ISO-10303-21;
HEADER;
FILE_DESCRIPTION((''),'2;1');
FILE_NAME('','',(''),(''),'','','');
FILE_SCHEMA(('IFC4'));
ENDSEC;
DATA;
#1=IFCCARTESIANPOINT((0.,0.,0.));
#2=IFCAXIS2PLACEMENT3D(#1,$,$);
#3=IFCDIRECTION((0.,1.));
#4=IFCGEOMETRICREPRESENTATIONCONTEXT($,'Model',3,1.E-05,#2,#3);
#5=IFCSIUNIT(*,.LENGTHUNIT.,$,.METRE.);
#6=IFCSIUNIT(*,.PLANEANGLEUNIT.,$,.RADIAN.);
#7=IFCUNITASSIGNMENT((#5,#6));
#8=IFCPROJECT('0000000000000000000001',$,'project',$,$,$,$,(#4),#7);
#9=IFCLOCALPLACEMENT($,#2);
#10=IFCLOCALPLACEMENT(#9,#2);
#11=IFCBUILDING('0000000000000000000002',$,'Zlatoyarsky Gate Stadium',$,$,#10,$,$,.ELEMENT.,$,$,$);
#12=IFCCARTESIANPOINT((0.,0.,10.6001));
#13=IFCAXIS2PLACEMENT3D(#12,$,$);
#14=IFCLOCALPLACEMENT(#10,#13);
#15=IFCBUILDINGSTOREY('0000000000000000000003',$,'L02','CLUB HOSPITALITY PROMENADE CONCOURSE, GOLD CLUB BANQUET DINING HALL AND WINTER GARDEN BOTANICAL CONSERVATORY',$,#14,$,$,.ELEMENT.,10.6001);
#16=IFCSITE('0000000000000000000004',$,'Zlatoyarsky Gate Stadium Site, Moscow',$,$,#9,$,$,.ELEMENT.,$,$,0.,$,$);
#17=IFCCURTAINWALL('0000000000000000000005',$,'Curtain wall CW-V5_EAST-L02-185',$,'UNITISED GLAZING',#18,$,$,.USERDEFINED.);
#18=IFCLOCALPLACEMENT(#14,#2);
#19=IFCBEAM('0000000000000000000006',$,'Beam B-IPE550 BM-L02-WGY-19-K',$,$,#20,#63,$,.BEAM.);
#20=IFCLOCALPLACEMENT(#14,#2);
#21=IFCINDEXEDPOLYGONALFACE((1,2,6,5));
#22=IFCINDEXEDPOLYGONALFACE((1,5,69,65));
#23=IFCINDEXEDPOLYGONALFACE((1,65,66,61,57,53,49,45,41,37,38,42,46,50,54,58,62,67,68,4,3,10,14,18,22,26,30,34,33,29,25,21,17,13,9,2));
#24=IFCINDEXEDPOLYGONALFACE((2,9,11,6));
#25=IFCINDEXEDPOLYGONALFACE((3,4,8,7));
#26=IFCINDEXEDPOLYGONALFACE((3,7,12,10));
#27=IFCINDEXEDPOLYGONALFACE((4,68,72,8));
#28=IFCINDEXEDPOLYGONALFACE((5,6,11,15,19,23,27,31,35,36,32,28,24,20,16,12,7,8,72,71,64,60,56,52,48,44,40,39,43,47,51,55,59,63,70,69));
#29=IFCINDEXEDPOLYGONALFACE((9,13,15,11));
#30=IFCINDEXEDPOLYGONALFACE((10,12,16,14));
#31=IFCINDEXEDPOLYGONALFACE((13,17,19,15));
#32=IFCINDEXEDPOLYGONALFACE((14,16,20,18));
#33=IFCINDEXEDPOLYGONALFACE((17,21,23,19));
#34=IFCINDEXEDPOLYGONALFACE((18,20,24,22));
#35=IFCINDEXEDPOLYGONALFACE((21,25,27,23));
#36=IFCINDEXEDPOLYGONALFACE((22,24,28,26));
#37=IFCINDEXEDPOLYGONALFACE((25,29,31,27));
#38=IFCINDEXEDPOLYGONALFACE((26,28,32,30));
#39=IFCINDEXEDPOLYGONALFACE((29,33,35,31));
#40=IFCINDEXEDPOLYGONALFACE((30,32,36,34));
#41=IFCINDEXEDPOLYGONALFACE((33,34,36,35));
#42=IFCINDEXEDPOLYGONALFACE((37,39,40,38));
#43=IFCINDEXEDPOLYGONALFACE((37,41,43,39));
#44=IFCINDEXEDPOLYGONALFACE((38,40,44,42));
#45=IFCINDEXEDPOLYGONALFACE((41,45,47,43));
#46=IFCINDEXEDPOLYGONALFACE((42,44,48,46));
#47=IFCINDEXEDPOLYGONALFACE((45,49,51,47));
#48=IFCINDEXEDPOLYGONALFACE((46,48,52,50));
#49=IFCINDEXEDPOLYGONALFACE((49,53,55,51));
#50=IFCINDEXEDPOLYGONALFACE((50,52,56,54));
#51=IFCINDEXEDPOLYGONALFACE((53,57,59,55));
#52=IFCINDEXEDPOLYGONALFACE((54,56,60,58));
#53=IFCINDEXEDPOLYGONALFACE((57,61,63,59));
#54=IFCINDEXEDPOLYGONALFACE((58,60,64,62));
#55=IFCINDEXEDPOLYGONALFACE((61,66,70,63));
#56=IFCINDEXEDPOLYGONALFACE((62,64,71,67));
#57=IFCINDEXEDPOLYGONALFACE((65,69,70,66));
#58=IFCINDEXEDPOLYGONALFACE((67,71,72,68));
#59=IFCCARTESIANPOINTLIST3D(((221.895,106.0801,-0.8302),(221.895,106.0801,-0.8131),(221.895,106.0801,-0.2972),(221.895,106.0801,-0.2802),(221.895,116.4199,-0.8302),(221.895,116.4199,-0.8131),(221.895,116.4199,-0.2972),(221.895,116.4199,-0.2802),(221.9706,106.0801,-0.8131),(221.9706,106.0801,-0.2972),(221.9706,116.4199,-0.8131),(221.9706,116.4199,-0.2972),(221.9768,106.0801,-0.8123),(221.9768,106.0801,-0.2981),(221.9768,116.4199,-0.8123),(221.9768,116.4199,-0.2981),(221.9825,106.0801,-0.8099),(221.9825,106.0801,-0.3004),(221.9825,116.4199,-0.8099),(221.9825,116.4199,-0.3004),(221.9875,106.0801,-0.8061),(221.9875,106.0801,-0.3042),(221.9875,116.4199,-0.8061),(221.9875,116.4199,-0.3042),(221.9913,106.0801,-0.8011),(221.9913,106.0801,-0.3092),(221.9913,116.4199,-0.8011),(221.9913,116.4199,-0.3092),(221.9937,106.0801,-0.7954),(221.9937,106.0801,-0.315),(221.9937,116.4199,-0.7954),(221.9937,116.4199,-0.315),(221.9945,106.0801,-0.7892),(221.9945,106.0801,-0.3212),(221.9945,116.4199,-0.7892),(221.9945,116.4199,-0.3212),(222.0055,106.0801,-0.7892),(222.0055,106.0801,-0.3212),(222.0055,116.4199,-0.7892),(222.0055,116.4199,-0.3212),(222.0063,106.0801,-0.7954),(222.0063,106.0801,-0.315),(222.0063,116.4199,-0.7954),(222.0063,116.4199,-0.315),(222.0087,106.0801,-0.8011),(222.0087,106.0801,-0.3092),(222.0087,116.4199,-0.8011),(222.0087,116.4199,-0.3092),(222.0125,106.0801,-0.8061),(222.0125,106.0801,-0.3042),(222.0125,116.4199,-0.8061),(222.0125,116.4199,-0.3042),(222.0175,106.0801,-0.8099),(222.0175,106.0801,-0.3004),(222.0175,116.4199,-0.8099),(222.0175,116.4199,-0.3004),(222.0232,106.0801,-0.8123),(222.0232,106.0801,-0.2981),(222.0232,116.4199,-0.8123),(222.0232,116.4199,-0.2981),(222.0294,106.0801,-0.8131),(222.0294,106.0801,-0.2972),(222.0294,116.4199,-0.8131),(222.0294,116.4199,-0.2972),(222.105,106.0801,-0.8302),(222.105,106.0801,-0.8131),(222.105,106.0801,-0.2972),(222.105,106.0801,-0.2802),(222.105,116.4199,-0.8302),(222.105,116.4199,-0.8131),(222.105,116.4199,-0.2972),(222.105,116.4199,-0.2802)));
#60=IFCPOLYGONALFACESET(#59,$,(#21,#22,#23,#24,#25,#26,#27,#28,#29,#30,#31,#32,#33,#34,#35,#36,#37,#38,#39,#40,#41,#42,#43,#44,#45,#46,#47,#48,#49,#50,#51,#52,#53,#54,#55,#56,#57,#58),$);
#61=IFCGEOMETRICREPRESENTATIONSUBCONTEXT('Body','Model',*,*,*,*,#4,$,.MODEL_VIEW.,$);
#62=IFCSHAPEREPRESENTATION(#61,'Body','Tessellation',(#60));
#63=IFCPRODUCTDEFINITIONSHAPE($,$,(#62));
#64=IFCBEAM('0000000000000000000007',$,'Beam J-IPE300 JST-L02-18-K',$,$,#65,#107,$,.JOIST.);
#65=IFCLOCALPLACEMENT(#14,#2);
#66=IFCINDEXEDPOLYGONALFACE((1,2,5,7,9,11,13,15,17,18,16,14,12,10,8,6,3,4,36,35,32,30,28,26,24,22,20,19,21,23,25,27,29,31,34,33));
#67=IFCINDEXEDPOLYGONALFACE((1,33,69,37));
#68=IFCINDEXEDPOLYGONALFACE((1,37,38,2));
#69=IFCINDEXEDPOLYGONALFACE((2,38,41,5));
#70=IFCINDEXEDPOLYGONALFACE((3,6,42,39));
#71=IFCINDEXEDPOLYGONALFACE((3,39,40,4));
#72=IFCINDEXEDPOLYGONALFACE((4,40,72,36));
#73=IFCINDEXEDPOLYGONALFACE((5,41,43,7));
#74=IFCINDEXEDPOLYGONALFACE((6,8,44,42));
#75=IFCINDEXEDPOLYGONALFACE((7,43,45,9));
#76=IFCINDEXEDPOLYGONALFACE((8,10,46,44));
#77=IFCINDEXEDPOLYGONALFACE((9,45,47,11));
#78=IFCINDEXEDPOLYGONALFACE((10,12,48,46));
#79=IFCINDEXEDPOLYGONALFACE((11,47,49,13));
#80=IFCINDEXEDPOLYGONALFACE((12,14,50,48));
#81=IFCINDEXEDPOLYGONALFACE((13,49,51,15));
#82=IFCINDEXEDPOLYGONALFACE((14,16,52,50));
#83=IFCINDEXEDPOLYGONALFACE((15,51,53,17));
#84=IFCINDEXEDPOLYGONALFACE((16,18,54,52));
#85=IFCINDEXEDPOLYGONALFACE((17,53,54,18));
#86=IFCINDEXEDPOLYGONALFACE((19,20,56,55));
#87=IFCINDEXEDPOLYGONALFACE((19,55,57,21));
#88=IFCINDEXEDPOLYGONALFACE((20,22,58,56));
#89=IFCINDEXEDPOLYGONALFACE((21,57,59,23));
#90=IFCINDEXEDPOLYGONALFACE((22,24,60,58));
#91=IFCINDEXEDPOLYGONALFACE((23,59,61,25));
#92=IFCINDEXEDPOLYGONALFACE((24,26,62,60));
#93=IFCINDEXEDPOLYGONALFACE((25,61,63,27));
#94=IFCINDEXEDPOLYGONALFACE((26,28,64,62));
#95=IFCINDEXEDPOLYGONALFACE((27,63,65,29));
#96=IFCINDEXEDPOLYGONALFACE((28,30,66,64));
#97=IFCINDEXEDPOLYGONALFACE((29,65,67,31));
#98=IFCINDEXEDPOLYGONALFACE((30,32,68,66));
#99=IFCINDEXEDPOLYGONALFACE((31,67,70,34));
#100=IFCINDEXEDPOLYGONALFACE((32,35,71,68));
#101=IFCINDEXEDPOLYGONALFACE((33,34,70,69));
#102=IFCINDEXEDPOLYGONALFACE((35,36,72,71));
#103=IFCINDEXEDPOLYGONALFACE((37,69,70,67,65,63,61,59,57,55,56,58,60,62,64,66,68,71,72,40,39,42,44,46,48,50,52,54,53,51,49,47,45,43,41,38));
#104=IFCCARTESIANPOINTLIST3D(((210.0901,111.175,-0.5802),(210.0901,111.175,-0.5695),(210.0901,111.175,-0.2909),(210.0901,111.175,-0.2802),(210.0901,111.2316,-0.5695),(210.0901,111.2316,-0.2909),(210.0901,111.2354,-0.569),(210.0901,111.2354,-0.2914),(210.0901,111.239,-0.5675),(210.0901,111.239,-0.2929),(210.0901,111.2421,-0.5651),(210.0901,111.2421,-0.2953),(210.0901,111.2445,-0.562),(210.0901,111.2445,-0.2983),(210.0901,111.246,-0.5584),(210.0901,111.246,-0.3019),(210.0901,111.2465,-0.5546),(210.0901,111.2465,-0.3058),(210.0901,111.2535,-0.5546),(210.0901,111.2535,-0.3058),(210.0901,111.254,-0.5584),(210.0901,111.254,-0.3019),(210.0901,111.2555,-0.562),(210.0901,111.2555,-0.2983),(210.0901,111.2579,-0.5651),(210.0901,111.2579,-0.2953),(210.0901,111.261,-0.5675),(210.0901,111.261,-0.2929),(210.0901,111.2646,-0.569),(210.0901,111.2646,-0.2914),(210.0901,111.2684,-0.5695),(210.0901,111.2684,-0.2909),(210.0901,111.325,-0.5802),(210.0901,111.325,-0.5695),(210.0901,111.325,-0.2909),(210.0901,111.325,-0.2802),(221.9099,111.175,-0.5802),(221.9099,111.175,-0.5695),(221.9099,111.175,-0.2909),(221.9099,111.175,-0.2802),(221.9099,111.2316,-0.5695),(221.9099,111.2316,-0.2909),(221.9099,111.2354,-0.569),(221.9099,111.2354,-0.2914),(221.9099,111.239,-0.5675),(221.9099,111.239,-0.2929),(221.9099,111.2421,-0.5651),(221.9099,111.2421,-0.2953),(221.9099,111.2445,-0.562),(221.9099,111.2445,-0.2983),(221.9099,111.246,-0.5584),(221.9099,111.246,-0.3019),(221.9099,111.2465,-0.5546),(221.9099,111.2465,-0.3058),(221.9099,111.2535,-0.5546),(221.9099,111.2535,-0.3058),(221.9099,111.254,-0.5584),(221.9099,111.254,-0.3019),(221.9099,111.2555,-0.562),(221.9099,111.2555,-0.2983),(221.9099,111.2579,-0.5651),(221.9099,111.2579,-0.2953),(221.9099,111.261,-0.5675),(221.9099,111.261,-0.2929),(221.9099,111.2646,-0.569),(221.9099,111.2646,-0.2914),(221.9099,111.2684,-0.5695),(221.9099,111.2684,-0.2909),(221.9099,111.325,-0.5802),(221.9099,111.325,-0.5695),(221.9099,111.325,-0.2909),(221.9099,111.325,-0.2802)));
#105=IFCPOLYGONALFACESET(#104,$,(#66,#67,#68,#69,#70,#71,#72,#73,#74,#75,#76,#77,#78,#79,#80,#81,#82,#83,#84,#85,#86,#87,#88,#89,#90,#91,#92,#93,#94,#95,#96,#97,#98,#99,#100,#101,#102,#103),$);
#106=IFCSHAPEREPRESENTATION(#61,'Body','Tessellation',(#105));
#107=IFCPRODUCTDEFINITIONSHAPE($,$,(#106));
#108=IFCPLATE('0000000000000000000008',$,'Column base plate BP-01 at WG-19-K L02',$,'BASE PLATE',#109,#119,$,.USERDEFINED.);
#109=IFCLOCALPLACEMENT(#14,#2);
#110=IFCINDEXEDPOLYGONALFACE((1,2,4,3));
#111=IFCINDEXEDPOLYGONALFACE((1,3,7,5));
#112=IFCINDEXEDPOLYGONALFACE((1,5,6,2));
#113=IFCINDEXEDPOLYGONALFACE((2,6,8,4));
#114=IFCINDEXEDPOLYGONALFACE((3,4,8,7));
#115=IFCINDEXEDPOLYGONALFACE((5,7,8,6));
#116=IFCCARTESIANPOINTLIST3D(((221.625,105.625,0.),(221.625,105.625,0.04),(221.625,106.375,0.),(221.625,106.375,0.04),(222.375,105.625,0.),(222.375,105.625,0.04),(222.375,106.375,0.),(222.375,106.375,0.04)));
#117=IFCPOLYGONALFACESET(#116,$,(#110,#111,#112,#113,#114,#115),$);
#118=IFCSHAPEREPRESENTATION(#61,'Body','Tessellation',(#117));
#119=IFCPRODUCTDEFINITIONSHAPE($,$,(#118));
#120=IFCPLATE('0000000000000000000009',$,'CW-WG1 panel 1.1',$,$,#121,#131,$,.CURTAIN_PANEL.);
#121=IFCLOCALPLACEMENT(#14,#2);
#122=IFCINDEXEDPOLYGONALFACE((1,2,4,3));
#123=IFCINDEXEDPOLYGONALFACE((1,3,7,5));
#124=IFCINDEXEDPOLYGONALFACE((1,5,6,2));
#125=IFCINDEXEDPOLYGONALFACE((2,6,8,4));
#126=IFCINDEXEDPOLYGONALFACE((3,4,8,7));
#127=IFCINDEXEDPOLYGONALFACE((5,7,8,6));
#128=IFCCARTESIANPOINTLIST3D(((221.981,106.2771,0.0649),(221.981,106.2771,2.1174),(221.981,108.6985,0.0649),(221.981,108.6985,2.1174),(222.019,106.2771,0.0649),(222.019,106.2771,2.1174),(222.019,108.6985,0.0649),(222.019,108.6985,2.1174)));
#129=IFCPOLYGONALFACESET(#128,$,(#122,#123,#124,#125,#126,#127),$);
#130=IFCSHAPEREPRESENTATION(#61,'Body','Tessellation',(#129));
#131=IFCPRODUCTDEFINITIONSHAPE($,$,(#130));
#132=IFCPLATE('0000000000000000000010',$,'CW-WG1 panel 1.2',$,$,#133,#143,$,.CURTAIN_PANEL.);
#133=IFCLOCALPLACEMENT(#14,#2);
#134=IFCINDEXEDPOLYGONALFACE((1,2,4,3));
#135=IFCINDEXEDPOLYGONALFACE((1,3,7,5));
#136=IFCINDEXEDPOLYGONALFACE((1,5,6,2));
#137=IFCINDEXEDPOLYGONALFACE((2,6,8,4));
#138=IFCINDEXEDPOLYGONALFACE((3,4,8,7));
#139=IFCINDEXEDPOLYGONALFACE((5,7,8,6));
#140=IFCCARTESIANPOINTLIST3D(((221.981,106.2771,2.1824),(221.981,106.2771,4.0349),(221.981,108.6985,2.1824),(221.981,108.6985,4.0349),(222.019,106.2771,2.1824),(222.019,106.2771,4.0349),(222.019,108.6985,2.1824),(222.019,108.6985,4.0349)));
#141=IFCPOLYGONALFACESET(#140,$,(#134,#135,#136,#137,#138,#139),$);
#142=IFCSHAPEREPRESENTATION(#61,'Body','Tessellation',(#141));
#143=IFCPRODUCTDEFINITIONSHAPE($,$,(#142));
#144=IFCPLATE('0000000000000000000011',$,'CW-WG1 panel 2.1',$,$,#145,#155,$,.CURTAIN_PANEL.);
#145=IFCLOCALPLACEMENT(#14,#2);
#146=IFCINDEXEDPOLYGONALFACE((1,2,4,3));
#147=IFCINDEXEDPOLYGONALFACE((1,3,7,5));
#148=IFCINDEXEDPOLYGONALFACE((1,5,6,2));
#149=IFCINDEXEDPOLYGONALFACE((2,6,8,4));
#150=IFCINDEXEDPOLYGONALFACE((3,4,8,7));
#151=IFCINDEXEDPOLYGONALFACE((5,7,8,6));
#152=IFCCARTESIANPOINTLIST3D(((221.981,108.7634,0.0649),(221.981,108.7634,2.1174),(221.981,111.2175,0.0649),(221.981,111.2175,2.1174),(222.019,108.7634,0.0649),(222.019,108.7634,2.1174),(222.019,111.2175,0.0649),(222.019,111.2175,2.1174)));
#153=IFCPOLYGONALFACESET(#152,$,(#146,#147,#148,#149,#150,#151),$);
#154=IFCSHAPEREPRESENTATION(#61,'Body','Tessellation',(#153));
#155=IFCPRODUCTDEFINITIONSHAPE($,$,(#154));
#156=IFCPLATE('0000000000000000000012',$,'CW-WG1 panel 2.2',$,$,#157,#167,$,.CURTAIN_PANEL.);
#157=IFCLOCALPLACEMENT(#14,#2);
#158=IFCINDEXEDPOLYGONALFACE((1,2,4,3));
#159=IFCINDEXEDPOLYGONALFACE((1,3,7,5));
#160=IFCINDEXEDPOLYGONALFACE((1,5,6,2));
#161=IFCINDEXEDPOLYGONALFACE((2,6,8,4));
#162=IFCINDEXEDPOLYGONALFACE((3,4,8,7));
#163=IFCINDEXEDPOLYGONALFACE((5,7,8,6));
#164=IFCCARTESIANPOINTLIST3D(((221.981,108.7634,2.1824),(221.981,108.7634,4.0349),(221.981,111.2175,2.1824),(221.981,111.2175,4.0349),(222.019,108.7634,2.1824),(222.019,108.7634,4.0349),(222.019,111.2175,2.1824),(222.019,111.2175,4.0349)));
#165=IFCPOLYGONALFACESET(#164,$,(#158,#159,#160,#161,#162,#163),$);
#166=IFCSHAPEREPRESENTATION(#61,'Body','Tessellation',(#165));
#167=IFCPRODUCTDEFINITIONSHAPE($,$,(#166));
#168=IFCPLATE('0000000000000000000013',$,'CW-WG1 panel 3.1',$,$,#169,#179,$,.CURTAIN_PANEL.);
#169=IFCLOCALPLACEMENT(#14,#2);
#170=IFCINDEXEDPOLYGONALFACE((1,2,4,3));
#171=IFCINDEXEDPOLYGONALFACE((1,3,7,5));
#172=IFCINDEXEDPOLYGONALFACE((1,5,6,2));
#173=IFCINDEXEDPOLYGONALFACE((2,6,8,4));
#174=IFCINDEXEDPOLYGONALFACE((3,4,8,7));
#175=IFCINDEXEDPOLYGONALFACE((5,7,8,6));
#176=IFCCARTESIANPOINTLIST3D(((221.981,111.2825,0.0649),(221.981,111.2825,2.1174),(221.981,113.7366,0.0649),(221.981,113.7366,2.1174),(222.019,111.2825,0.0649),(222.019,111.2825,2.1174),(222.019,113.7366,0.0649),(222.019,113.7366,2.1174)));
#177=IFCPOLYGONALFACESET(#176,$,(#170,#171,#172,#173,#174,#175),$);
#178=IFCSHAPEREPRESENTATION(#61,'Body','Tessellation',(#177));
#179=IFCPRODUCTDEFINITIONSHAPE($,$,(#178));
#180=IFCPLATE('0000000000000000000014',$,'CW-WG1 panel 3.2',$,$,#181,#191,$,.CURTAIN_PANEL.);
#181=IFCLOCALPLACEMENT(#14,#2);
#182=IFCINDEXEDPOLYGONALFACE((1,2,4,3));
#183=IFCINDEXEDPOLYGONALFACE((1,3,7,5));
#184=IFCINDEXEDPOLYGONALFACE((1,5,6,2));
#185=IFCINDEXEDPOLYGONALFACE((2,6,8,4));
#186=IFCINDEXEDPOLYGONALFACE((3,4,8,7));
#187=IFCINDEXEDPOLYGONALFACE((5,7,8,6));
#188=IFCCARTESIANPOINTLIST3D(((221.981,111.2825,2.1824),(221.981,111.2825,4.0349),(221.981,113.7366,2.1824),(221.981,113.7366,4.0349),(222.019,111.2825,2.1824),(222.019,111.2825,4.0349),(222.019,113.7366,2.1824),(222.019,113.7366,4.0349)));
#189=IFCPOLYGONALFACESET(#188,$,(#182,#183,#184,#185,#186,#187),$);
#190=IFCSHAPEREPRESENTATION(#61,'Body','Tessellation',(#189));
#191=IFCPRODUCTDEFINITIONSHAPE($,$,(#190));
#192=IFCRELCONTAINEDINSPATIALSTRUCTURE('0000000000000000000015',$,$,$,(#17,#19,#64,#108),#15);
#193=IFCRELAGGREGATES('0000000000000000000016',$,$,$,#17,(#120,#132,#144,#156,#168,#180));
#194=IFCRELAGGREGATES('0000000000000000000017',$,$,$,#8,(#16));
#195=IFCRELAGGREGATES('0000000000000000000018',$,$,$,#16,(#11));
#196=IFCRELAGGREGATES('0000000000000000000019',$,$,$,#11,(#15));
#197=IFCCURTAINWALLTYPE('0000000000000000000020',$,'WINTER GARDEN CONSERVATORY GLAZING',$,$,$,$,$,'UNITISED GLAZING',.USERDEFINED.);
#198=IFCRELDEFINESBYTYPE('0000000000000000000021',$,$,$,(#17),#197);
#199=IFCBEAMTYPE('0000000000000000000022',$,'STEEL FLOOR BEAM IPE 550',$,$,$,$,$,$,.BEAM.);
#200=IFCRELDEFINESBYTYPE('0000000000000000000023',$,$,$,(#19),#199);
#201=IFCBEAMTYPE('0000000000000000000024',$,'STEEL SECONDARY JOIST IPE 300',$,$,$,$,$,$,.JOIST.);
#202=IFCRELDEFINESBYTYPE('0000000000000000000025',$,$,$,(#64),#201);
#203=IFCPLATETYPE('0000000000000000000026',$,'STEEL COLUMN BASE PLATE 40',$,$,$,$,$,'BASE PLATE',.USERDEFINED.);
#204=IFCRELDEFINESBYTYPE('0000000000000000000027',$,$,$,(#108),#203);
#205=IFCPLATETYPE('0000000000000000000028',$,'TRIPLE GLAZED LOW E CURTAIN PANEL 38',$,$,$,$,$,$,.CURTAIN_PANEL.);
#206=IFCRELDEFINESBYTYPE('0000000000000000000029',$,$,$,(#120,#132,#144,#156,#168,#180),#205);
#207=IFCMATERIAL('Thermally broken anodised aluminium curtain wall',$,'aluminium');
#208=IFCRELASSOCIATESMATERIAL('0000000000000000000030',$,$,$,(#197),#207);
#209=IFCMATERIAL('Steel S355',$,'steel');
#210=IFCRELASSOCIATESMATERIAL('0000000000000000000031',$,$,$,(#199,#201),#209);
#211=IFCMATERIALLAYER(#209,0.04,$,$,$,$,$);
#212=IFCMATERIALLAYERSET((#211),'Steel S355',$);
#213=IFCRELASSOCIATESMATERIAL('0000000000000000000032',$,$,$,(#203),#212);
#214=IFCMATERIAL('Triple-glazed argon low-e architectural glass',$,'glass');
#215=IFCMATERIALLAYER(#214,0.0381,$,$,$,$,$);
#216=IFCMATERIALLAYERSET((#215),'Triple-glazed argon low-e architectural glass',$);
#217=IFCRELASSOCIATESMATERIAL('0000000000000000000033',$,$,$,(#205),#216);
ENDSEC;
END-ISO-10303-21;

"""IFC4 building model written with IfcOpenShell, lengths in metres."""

from ifc_helpers import new_model, si_unit, direction, frame, origin, origin_2d, place, context, subcontext, project, spatial, rectangle, i_section, extrude, material, layer, layer_set, material_profile, profile_set, type_object, element, aggregate, save


model = new_model("IFC4")

# Units and contexts
model_context = context("Model", 3, precision=1e-05, world=origin(), true_north=direction((0.0, 1.0)))
body_context = subcontext(model_context, "Body", "Model", "MODEL_VIEW")
ifc_project = project(units=[si_unit("LENGTHUNIT", "METRE"), si_unit("PLANEANGLEUNIT", "RADIAN")], contexts=[model_context])

# Site, building, storey
site_placement = place(None, origin())
site = spatial("IfcSite", under=ifc_project, at=site_placement, Name="Zlatoyarsky Gate Stadium Site, Moscow", CompositionType="ELEMENT", RefElevation=0.0)
building_placement = place(site_placement, origin())
building = spatial("IfcBuilding", under=site, at=building_placement, Name="Zlatoyarsky Gate Stadium", CompositionType="ELEMENT")
storey_placement = place(building_placement, frame((0.0, 0.0, 10.6001)))
storey = spatial("IfcBuildingStorey", under=building, at=storey_placement, Name="L02", Description="CLUB HOSPITALITY PROMENADE CONCOURSE, GOLD CLUB BANQUET DINING HALL AND WINTER GARDEN BOTANICAL CONSERVATORY", CompositionType="ELEMENT", Elevation=10.6001)

# Shared definitions
ifc_material_1 = material(Name="Steel S355", Category="steel")

# Curtain wall
ifc_material_2 = material(Name="Thermally broken anodised aluminium curtain wall", Category="aluminium")
curtain_wall_type = type_object("IfcCurtainWallType", Name="WINTER GARDEN CONSERVATORY GLAZING", ElementType="UNITISED GLAZING", PredefinedType="USERDEFINED", material=ifc_material_2)
curtain_wall_placement = place(storey_placement, origin())
curtain_wall = element("IfcCurtainWall", 1, at=curtain_wall_placement, inside=storey, type_object=curtain_wall_type, Name="Curtain wall CW-V5_EAST-L02-185", ObjectType="UNITISED GLAZING", PredefinedType="USERDEFINED")

# Beams
ifc_material_profile_1 = material_profile(ifc_material_1, i_section(OverallWidth=0.21, OverallDepth=0.55, WebThickness=0.011, FlangeThickness=0.0171, FilletRadius=0.0239, at=origin_2d()), Name="IPE 550")
ifc_profile_set_1 = profile_set([ifc_material_profile_1], Name="Steel S355")
beam_type_1 = type_object("IfcBeamType", Name="STEEL FLOOR BEAM IPE 550", PredefinedType="BEAM", material=ifc_profile_set_1)
for number, where, z_axis, x_axis, name in (
    (2, (222.0, 106.0801, -0.5552), (0.0, 1.0, 0.0), (-1.0, 0.0, 0.0), "Beam B-IPE550 BM-L02-WGY-19-K"),
):
    element("IfcBeam", number, at=place(storey_placement, frame(where, z_axis=z_axis, x_axis=x_axis)), inside=storey, type_object=beam_type_1, Name=name, PredefinedType="BEAM", context=body_context, shape_type="SweptSolid", body=[
        extrude(i_section(OverallWidth=0.21, OverallDepth=0.55, WebThickness=0.011, FlangeThickness=0.0171, FilletRadius=0.0239, at=origin_2d()), origin(), (0.0, 0.0, 1.0), 10.3398),
    ])
ifc_material_profile_2 = material_profile(ifc_material_1, i_section(OverallWidth=0.1499, OverallDepth=0.3, WebThickness=0.0071, FlangeThickness=0.0107, FilletRadius=0.0149, at=origin_2d()), Name="IPE 300")
ifc_profile_set_2 = profile_set([ifc_material_profile_2], Name="Steel S355")
beam_type_2 = type_object("IfcBeamType", Name="STEEL SECONDARY JOIST IPE 300", PredefinedType="JOIST", material=ifc_profile_set_2)
beam_1_placement = place(storey_placement, frame((210.0901, 111.25, -0.4302), z_axis=(1.0, 0.0, 0.0), x_axis=(0.0, 1.0, 0.0)))
element("IfcBeam", 3, at=beam_1_placement, inside=storey, type_object=beam_type_2, Name="Beam J-IPE300 JST-L02-18-K", PredefinedType="JOIST", context=body_context, shape_type="SweptSolid", body=[
    extrude(i_section(OverallWidth=0.1499, OverallDepth=0.3, WebThickness=0.0071, FlangeThickness=0.0107, FilletRadius=0.0149, at=origin_2d()), origin(), (0.0, 0.0, 1.0), 11.8198),
])

# Plates
ifc_layer_1 = layer(ifc_material_1, 0.04)
ifc_layer_set_1 = layer_set([ifc_layer_1], Name="Steel S355")
plate_type_1 = type_object("IfcPlateType", Name="STEEL COLUMN BASE PLATE 40", ElementType="BASE PLATE", PredefinedType="USERDEFINED", material=ifc_layer_set_1)
plate_1_placement = place(storey_placement, frame((222.0, 106.0, 0.0), z_axis=(0.0, 0.0, 1.0), x_axis=(1.0, 0.0, 0.0)))
element("IfcPlate", 4, at=plate_1_placement, inside=storey, type_object=plate_type_1, Name="Column base plate BP-01 at WG-19-K L02", ObjectType="BASE PLATE", PredefinedType="USERDEFINED", context=body_context, shape_type="SweptSolid", body=[
    extrude(rectangle(XDim=0.75, YDim=0.75, at=origin_2d()), origin(), (0.0, 0.0, 1.0), 0.04),
])
ifc_material_3 = material(Name="Triple-glazed argon low-e architectural glass", Category="glass")
ifc_layer_2 = layer(ifc_material_3, 0.0381)
ifc_layer_set_2 = layer_set([ifc_layer_2], Name="Triple-glazed argon low-e architectural glass")
plate_type_2 = type_object("IfcPlateType", Name="TRIPLE GLAZED LOW E CURTAIN PANEL 38", PredefinedType="CURTAIN_PANEL", material=ifc_layer_set_2)
plate_2_placement = place(storey_placement, frame((222.0, 107.4878, 0.0649), z_axis=(0.0, 0.0, 1.0), x_axis=(0.0, 1.0, 0.0)))
plate_2 = element("IfcPlate", 5, at=plate_2_placement, type_object=plate_type_2, Name="CW-WG1 panel 1.1", PredefinedType="CURTAIN_PANEL", context=body_context, shape_type="SweptSolid", body=[
    extrude(rectangle(XDim=2.4214, YDim=0.0381, at=origin_2d()), origin(), (0.0, 0.0, 1.0), 2.0525),
])
plate_3_placement = place(storey_placement, frame((222.0, 107.4878, 2.1824), z_axis=(0.0, 0.0, 1.0), x_axis=(0.0, 1.0, 0.0)))
plate_3 = element("IfcPlate", 6, at=plate_3_placement, type_object=plate_type_2, Name="CW-WG1 panel 1.2", PredefinedType="CURTAIN_PANEL", context=body_context, shape_type="SweptSolid", body=[
    extrude(rectangle(XDim=2.4214, YDim=0.0381, at=origin_2d()), origin(), (0.0, 0.0, 1.0), 1.8525),
])
plate_4_placement = place(storey_placement, frame((222.0, 109.9905, 0.0649), z_axis=(0.0, 0.0, 1.0), x_axis=(0.0, 1.0, 0.0)))
plate_4 = element("IfcPlate", 7, at=plate_4_placement, type_object=plate_type_2, Name="CW-WG1 panel 2.1", PredefinedType="CURTAIN_PANEL", context=body_context, shape_type="SweptSolid", body=[
    extrude(rectangle(XDim=2.4541, YDim=0.0381, at=origin_2d()), origin(), (0.0, 0.0, 1.0), 2.0525),
])
plate_5_placement = place(storey_placement, frame((222.0, 109.9905, 2.1824), z_axis=(0.0, 0.0, 1.0), x_axis=(0.0, 1.0, 0.0)))
plate_5 = element("IfcPlate", 8, at=plate_5_placement, type_object=plate_type_2, Name="CW-WG1 panel 2.2", PredefinedType="CURTAIN_PANEL", context=body_context, shape_type="SweptSolid", body=[
    extrude(rectangle(XDim=2.4541, YDim=0.0381, at=origin_2d()), origin(), (0.0, 0.0, 1.0), 1.8525),
])
plate_6_placement = place(storey_placement, frame((222.0, 112.5095, 0.0649), z_axis=(0.0, 0.0, 1.0), x_axis=(0.0, 1.0, 0.0)))
plate_6 = element("IfcPlate", 9, at=plate_6_placement, type_object=plate_type_2, Name="CW-WG1 panel 3.1", PredefinedType="CURTAIN_PANEL", context=body_context, shape_type="SweptSolid", body=[
    extrude(rectangle(XDim=2.4541, YDim=0.0381, at=origin_2d()), origin(), (0.0, 0.0, 1.0), 2.0525),
])
plate_7_placement = place(storey_placement, frame((222.0, 112.5095, 2.1824), z_axis=(0.0, 0.0, 1.0), x_axis=(0.0, 1.0, 0.0)))
plate_7 = element("IfcPlate", 10, at=plate_7_placement, type_object=plate_type_2, Name="CW-WG1 panel 3.2", PredefinedType="CURTAIN_PANEL", context=body_context, shape_type="SweptSolid", body=[
    extrude(rectangle(XDim=2.4541, YDim=0.0381, at=origin_2d()), origin(), (0.0, 0.0, 1.0), 1.8525),
])
aggregate(curtain_wall, [plate_2, plate_3, plate_4, plate_5, plate_6, plate_7])

save(model, "model.ifc")
